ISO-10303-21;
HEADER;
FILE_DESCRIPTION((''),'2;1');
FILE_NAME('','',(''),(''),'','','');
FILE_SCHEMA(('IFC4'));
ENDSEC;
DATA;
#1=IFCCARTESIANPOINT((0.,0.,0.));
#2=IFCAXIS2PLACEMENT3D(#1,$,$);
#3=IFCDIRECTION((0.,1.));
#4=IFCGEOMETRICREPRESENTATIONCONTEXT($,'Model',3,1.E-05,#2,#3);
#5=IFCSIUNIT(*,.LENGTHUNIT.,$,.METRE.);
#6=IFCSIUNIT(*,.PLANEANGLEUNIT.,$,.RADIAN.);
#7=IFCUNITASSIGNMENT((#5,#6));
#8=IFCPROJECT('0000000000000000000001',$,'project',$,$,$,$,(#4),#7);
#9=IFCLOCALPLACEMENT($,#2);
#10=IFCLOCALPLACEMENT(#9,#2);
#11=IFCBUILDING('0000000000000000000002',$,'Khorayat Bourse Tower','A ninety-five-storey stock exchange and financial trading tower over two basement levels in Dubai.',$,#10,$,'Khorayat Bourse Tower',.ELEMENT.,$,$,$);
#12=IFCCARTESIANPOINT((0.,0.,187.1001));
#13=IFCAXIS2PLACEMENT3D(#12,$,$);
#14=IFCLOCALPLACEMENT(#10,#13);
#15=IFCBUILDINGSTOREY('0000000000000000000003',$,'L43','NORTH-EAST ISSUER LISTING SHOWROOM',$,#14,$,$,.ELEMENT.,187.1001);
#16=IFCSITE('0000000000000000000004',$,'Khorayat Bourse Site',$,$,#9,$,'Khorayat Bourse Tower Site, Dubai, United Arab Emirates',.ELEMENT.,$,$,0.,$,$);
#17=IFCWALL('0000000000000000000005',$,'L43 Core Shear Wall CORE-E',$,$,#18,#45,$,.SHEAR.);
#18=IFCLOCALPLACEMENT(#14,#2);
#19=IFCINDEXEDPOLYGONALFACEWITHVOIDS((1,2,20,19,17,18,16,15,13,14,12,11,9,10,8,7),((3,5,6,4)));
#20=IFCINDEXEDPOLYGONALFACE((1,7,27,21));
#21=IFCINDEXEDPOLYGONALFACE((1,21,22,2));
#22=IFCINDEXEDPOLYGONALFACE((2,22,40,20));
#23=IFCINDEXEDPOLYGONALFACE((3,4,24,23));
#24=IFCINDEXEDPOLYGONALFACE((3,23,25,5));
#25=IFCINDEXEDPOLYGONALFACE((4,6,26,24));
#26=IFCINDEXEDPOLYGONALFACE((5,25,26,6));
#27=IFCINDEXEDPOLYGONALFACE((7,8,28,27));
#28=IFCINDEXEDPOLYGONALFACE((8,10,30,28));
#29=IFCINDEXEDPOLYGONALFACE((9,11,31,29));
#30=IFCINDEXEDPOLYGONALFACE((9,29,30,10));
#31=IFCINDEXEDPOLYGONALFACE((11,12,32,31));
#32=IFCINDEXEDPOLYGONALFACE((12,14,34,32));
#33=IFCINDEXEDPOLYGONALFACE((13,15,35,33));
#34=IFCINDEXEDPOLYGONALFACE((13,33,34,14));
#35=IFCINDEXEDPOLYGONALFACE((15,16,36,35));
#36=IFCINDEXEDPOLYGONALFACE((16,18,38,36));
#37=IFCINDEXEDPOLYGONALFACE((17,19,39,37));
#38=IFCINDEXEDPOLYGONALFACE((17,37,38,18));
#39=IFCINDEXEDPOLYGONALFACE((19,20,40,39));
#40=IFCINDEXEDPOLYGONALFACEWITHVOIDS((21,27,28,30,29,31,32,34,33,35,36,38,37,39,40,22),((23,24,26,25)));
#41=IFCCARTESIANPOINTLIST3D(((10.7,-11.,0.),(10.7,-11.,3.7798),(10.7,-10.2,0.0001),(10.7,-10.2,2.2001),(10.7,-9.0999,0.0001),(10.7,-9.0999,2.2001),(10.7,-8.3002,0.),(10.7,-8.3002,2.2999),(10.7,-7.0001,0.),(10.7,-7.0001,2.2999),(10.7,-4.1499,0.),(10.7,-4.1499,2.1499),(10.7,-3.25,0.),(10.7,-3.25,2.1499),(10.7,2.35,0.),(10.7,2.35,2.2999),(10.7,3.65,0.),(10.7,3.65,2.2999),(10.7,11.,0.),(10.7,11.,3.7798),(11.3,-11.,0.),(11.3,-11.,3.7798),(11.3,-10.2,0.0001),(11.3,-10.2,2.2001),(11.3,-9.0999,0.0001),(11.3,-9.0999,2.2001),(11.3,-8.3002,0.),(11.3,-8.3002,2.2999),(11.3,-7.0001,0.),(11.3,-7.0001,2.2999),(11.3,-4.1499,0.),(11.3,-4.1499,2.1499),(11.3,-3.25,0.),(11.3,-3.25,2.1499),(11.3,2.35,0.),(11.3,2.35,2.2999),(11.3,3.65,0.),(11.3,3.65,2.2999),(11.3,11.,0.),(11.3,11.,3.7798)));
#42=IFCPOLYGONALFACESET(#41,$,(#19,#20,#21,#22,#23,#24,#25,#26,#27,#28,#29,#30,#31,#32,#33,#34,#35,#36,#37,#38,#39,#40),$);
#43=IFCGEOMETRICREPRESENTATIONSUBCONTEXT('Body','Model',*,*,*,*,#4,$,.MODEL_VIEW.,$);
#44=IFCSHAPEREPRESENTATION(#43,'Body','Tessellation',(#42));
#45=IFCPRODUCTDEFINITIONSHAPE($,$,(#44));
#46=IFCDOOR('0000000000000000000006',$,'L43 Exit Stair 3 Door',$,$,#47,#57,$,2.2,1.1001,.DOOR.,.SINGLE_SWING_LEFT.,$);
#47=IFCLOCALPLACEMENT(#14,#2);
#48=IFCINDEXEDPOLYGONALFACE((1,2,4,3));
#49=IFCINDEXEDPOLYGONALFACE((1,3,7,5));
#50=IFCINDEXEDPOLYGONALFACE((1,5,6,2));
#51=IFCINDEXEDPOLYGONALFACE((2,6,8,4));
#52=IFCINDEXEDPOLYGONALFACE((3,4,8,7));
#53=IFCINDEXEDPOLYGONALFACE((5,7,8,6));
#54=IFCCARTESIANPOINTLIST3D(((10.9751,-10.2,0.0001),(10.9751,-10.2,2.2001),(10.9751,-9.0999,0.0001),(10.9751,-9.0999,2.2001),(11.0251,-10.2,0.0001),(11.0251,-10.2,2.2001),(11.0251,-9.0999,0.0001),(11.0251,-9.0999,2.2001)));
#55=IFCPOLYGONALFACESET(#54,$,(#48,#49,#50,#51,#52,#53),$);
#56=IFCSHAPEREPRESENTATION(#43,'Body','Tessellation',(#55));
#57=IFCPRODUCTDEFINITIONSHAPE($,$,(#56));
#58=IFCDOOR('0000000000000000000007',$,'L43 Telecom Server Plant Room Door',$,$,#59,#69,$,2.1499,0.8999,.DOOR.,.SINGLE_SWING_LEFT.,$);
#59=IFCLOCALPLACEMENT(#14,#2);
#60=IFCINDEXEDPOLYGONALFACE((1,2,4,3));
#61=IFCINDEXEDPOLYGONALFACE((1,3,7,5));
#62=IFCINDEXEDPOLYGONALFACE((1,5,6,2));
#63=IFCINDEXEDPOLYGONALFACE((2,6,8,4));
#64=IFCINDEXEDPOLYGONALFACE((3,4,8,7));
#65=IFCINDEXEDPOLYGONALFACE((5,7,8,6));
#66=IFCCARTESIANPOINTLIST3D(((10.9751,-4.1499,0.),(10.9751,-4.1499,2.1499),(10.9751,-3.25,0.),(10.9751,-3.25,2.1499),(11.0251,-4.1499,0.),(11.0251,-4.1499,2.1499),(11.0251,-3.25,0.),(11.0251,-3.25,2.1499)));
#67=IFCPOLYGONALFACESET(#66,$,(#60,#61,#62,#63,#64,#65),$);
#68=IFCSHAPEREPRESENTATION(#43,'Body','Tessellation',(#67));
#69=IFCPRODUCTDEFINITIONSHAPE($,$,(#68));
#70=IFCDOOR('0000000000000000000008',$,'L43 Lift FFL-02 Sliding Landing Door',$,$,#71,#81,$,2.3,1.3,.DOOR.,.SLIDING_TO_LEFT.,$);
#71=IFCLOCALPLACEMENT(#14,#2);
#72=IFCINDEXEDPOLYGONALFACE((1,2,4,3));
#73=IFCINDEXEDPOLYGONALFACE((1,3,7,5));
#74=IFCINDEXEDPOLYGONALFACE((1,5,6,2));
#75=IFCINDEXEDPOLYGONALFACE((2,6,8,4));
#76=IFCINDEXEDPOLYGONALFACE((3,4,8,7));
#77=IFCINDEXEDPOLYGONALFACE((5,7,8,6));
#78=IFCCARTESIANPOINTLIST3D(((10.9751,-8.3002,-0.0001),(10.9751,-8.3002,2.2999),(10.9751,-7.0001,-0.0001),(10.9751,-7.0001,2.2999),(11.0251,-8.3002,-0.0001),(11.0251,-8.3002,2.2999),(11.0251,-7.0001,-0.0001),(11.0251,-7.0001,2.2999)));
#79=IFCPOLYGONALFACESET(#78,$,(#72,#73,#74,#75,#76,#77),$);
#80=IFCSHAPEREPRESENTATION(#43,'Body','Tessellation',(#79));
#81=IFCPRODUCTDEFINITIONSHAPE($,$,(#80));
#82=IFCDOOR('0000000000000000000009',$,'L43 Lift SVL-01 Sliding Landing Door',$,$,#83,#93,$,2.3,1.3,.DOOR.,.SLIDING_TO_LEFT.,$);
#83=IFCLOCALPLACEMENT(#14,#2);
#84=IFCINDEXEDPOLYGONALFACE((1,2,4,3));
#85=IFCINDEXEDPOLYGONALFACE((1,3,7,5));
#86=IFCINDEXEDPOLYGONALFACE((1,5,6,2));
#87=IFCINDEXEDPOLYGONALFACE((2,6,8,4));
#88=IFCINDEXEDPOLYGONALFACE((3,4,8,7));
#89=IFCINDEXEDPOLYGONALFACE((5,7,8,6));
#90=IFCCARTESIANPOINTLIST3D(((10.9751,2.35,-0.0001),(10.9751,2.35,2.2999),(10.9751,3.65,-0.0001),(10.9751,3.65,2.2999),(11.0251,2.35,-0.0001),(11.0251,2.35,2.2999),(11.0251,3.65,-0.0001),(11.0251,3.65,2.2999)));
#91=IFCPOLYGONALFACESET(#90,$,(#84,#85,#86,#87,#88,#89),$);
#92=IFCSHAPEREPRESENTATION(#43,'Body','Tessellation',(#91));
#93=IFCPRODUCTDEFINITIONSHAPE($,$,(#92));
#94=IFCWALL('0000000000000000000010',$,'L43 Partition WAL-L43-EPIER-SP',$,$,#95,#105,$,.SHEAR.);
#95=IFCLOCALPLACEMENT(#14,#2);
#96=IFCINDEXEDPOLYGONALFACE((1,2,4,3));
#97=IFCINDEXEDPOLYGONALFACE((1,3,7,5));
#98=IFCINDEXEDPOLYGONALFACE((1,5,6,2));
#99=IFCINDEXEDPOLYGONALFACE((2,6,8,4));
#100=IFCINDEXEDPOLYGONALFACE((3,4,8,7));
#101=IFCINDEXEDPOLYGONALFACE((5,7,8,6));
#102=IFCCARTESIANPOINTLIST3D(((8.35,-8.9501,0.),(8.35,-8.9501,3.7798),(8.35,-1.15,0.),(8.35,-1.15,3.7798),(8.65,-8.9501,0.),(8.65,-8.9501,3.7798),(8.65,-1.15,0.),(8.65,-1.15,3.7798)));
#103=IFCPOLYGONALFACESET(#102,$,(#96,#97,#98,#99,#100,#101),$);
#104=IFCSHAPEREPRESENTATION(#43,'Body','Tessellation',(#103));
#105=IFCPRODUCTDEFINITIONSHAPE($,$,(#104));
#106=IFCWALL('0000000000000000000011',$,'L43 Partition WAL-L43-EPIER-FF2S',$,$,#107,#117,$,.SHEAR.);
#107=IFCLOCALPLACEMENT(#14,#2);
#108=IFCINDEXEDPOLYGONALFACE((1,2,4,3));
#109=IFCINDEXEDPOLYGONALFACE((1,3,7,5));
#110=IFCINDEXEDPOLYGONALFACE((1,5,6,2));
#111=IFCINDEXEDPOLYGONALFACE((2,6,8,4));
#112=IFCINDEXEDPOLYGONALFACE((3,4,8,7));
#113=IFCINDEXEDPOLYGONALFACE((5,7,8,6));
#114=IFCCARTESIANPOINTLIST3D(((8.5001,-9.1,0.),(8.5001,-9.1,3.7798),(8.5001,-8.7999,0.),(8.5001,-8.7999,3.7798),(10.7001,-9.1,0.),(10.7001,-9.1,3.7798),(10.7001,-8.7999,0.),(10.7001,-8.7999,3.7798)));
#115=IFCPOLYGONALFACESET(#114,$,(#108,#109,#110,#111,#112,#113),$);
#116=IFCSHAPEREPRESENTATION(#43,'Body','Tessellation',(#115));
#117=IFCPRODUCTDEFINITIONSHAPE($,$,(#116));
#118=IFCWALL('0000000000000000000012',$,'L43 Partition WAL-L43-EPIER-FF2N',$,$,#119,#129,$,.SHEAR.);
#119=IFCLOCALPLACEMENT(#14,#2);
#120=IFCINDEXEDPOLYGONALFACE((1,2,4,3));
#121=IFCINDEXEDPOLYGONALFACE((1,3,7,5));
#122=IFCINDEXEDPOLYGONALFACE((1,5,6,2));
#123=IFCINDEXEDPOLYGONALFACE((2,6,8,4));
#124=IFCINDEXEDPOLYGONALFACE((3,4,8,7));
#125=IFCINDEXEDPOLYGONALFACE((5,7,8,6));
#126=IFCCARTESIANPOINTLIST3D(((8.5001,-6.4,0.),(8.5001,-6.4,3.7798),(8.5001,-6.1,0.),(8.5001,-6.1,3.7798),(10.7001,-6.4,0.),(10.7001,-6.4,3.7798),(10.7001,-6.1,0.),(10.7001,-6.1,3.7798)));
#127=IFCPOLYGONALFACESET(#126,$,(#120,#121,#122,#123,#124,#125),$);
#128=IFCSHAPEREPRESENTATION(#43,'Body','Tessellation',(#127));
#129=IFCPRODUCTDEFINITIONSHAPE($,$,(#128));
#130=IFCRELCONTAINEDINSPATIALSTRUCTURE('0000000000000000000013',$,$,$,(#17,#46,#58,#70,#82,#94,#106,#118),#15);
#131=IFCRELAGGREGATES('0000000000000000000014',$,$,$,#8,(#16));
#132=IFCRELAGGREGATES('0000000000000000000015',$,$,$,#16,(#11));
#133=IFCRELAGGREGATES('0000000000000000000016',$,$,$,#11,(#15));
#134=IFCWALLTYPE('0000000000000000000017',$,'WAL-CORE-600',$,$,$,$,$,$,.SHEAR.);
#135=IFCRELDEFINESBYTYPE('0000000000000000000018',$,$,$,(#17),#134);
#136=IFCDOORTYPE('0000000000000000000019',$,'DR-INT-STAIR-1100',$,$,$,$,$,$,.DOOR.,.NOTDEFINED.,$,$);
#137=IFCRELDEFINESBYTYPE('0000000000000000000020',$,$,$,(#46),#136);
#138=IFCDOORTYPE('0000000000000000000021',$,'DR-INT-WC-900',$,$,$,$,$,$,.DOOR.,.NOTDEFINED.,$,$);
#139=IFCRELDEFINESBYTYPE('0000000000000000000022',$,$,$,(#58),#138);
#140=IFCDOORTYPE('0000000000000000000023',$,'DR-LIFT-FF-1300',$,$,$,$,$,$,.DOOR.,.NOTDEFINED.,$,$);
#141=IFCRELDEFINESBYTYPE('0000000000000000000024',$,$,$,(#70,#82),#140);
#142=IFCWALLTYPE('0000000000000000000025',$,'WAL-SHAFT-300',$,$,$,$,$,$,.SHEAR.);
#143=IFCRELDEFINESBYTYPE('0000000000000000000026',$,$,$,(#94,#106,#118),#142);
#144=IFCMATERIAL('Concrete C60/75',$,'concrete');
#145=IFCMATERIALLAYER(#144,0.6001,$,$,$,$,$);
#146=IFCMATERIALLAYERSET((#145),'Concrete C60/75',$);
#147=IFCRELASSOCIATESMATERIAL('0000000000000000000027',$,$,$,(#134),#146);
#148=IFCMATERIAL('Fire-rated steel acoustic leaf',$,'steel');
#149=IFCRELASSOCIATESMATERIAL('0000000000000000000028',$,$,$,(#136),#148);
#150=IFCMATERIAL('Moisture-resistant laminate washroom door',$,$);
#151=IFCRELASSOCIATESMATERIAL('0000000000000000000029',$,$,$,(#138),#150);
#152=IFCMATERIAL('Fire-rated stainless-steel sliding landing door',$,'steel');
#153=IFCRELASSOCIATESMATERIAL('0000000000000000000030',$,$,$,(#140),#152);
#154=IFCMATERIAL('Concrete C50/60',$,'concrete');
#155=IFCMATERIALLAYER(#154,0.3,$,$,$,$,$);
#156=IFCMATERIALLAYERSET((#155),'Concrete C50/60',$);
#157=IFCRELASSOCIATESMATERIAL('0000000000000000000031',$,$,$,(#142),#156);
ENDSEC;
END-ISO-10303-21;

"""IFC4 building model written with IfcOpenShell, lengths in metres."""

from ifc_helpers import new_model, si_unit, direction, frame, frame_2d, origin, place, context, subcontext, project, spatial, rectangle, extrude, source, transform, mapped, material, layer, layer_set, type_object, element, fill, save


model = new_model("IFC4")

# Units and contexts
model_context = context("Model", 3, precision=1e-05, world=origin(), true_north=direction((0.0, 1.0)))
body_context = subcontext(model_context, "Body", "Model", "MODEL_VIEW")
ifc_project = project(units=[si_unit("LENGTHUNIT", "METRE"), si_unit("PLANEANGLEUNIT", "RADIAN")], contexts=[model_context])

# Site, building, storey
site_placement = place(None, origin())
site = spatial("IfcSite", under=ifc_project, at=site_placement, Name="Khorayat Bourse Site", LongName="Khorayat Bourse Tower Site, Dubai, United Arab Emirates", CompositionType="ELEMENT", RefElevation=0.0)
building_placement = place(site_placement, origin())
building = spatial("IfcBuilding", under=site, at=building_placement, Name="Khorayat Bourse Tower", Description="A ninety-five-storey stock exchange and financial trading tower over two basement levels in Dubai.", LongName="Khorayat Bourse Tower", CompositionType="ELEMENT")
storey_placement = place(building_placement, frame((0.0, 0.0, 187.1001)))
storey = spatial("IfcBuildingStorey", under=building, at=storey_placement, Name="L43", Description="NORTH-EAST ISSUER LISTING SHOWROOM", CompositionType="ELEMENT", Elevation=187.1001)

# Shared definitions
ifc_material_1 = material(Name="Concrete C60/75", Category="concrete")

# Wall, openings, doors
ifc_layer_1 = layer(ifc_material_1, 0.6001)
ifc_layer_set_1 = layer_set([ifc_layer_1], Name="Concrete C60/75")
wall_type_1 = type_object("IfcWallType", Name="WAL-CORE-600", PredefinedType="SHEAR", material=ifc_layer_set_1)
shared_shape_1 = source(origin(), body_context, "Body", "SweptSolid", [
    extrude(rectangle(XDim=22.0, YDim=0.6001, at=frame_2d((11.0, 0.0))), origin(), (0.0, 0.0, 1.0), 3.7798),
])
wall_1_placement = place(storey_placement, frame((11.0, -11.0, 0.0), z_axis=(0.0, 0.0, 1.0), x_axis=(0.0, 1.0, 0.0)))
wall_1 = element("IfcWall", 1, at=wall_1_placement, inside=storey, type_object=wall_type_1, Name="L43 Core Shear Wall CORE-E", PredefinedType="SHEAR", context=body_context, shape_type="MappedRepresentation", body=[
    mapped(shared_shape_1, transform((0.0, 0.0, 0.0), scale=1.0)),
])
shared_shape_2 = source(origin(), body_context, "Body", "SweptSolid", [
    extrude(rectangle(XDim=1.1001, YDim=2.2, at=frame_2d((0.55, 1.1001))), frame((0.0, 0.3101, 0.0), z_axis=(0.0, -1.0, 0.0), x_axis=(1.0, 0.0, 0.0)), (0.0, 0.0, 1.0), 0.6201),
])
opening_1_placement = place(wall_1_placement, frame((0.8, 0.0, 0.0)))
opening_1 = element("IfcOpeningElement", 2, at=opening_1_placement, cuts=wall_1, PredefinedType="OPENING", context=body_context, shape_type="MappedRepresentation", body=[
    mapped(shared_shape_2, transform((0.0, 0.0, 0.0), scale=1.0)),
])
shared_shape_3 = source(origin(), body_context, "Body", "SweptSolid", [
    extrude(rectangle(XDim=0.8999, YDim=2.1499, at=frame_2d((0.45, 1.075))), frame((0.0, 0.3101, 0.0), z_axis=(0.0, -1.0, 0.0), x_axis=(1.0, 0.0, 0.0)), (0.0, 0.0, 1.0), 0.6201),
])
opening_2_placement = place(wall_1_placement, frame((6.8501, 0.0, 0.0)))
opening_2 = element("IfcOpeningElement", 3, at=opening_2_placement, cuts=wall_1, PredefinedType="OPENING", context=body_context, shape_type="MappedRepresentation", body=[
    mapped(shared_shape_3, transform((0.0, 0.0, 0.0), scale=1.0)),
])
shared_shape_4 = source(origin(), body_context, "Body", "SweptSolid", [
    extrude(rectangle(XDim=1.3, YDim=2.3, at=frame_2d((0.6499, 1.1499))), frame((0.0, 0.3101, 0.0), z_axis=(0.0, -1.0, 0.0), x_axis=(1.0, 0.0, 0.0)), (0.0, 0.0, 1.0), 0.6201),
])
opening_3_placement = place(wall_1_placement, frame((2.7, 0.0, 0.0)))
opening_3 = element("IfcOpeningElement", 4, at=opening_3_placement, cuts=wall_1, PredefinedType="OPENING", context=body_context, shape_type="MappedRepresentation", body=[
    mapped(shared_shape_4, transform((0.0, 0.0, 0.0), scale=1.0)),
])
opening_4_placement = place(wall_1_placement, frame((13.3501, 0.0, 0.0)))
opening_4 = element("IfcOpeningElement", 5, at=opening_4_placement, cuts=wall_1, PredefinedType="OPENING", context=body_context, shape_type="MappedRepresentation", body=[
    mapped(shared_shape_4, transform((0.0, 0.0, 0.0), scale=1.0)),
])
ifc_material_2 = material(Name="Fire-rated steel acoustic leaf", Category="steel")
door_type_1 = type_object("IfcDoorType", Name="DR-INT-STAIR-1100", OperationType="NOTDEFINED", PredefinedType="DOOR", material=ifc_material_2)
shared_shape_5 = source(origin(), body_context, "Body", "SweptSolid", [
    extrude(rectangle(XDim=1.1001, YDim=2.2, at=frame_2d((0.55, 1.1001))), frame((0.0, 0.0249, 0.0), z_axis=(0.0, -1.0, 0.0), x_axis=(1.0, 0.0, 0.0)), (0.0, 0.0, 1.0), 0.05),
])
door_1_placement = place(opening_1_placement, origin())
door_1 = element("IfcDoor", 6, at=door_1_placement, inside=storey, type_object=door_type_1, Name="L43 Exit Stair 3 Door", OperationType="SINGLE_SWING_LEFT", OverallHeight=2.2, OverallWidth=1.1001, PredefinedType="DOOR", context=body_context, shape_type="MappedRepresentation", body=[
    mapped(shared_shape_5, transform((0.0, 0.0, 0.0), scale=1.0)),
])
fill(opening_1, door_1)
ifc_material_3 = material(Name="Moisture-resistant laminate washroom door")
door_type_2 = type_object("IfcDoorType", Name="DR-INT-WC-900", OperationType="NOTDEFINED", PredefinedType="DOOR", material=ifc_material_3)
shared_shape_6 = source(origin(), body_context, "Body", "SweptSolid", [
    extrude(rectangle(XDim=0.8999, YDim=2.1499, at=frame_2d((0.45, 1.075))), frame((0.0, 0.0249, 0.0), z_axis=(0.0, -1.0, 0.0), x_axis=(1.0, 0.0, 0.0)), (0.0, 0.0, 1.0), 0.05),
])
door_2_placement = place(opening_2_placement, origin())
door_2 = element("IfcDoor", 7, at=door_2_placement, inside=storey, type_object=door_type_2, Name="L43 Telecom Server Plant Room Door", OperationType="SINGLE_SWING_LEFT", OverallHeight=2.1499, OverallWidth=0.8999, PredefinedType="DOOR", context=body_context, shape_type="MappedRepresentation", body=[
    mapped(shared_shape_6, transform((0.0, 0.0, 0.0), scale=1.0)),
])
fill(opening_2, door_2)
ifc_material_4 = material(Name="Fire-rated stainless-steel sliding landing door", Category="steel")
door_type_3 = type_object("IfcDoorType", Name="DR-LIFT-FF-1300", OperationType="NOTDEFINED", PredefinedType="DOOR", material=ifc_material_4)
shared_shape_7 = source(origin(), body_context, "Body", "SweptSolid", [
    extrude(rectangle(XDim=1.3, YDim=2.3, at=frame_2d((0.6499, 1.1499))), frame((0.0, 0.0249, 0.0), z_axis=(0.0, -1.0, 0.0), x_axis=(1.0, 0.0, 0.0)), (0.0, 0.0, 1.0), 0.05),
])
door_3_placement = place(opening_3_placement, origin())
door_3 = element("IfcDoor", 8, at=door_3_placement, inside=storey, type_object=door_type_3, Name="L43 Lift FFL-02 Sliding Landing Door", OperationType="SLIDING_TO_LEFT", OverallHeight=2.3, OverallWidth=1.3, PredefinedType="DOOR", context=body_context, shape_type="MappedRepresentation", body=[
    mapped(shared_shape_7, transform((0.0, 0.0, 0.0), scale=1.0)),
])
fill(opening_3, door_3)
door_4_placement = place(opening_4_placement, origin())
door_4 = element("IfcDoor", 9, at=door_4_placement, inside=storey, type_object=door_type_3, Name="L43 Lift SVL-01 Sliding Landing Door", OperationType="SLIDING_TO_LEFT", OverallHeight=2.3, OverallWidth=1.3, PredefinedType="DOOR", context=body_context, shape_type="MappedRepresentation", body=[
    mapped(shared_shape_7, transform((0.0, 0.0, 0.0), scale=1.0)),
])
fill(opening_4, door_4)

# Walls
ifc_material_5 = material(Name="Concrete C50/60", Category="concrete")
ifc_layer_2 = layer(ifc_material_5, 0.3)
ifc_layer_set_2 = layer_set([ifc_layer_2], Name="Concrete C50/60")
wall_type_2 = type_object("IfcWallType", Name="WAL-SHAFT-300", PredefinedType="SHEAR", material=ifc_layer_set_2)
shared_shape_8 = source(origin(), body_context, "Body", "SweptSolid", [
    extrude(rectangle(XDim=7.8, YDim=0.3, at=frame_2d((3.8999, 0.0))), origin(), (0.0, 0.0, 1.0), 3.7798),
])
wall_2_placement = place(storey_placement, frame((8.5, -8.95, 0.0), z_axis=(0.0, 0.0, 1.0), x_axis=(0.0, 1.0, 0.0)))
element("IfcWall", 10, at=wall_2_placement, inside=storey, type_object=wall_type_2, Name="L43 Partition WAL-L43-EPIER-SP", PredefinedType="SHEAR", context=body_context, shape_type="MappedRepresentation", body=[
    mapped(shared_shape_8, transform((0.0, 0.0, 0.0), scale=1.0)),
])
shared_shape_9 = source(origin(), body_context, "Body", "SweptSolid", [
    extrude(rectangle(XDim=2.2, YDim=0.3, at=frame_2d((1.1001, 0.0))), origin(), (0.0, 0.0, 1.0), 3.7798),
])
for number, where, z_axis, x_axis, name in (
    (11, (8.5, -8.95, 0.0), (0.0, 0.0, 1.0), (1.0, 0.0, 0.0), "L43 Partition WAL-L43-EPIER-FF2S"),
    (12, (8.5, -6.25, 0.0), (0.0, 0.0, 1.0), (1.0, 0.0, 0.0), "L43 Partition WAL-L43-EPIER-FF2N"),
):
    element("IfcWall", number, at=place(storey_placement, frame(where, z_axis=z_axis, x_axis=x_axis)), inside=storey, type_object=wall_type_2, Name=name, PredefinedType="SHEAR", context=body_context, shape_type="MappedRepresentation", body=[
        mapped(shared_shape_9, transform((0.0, 0.0, 0.0), scale=1.0)),
    ])

save(model, "model.ifc")
